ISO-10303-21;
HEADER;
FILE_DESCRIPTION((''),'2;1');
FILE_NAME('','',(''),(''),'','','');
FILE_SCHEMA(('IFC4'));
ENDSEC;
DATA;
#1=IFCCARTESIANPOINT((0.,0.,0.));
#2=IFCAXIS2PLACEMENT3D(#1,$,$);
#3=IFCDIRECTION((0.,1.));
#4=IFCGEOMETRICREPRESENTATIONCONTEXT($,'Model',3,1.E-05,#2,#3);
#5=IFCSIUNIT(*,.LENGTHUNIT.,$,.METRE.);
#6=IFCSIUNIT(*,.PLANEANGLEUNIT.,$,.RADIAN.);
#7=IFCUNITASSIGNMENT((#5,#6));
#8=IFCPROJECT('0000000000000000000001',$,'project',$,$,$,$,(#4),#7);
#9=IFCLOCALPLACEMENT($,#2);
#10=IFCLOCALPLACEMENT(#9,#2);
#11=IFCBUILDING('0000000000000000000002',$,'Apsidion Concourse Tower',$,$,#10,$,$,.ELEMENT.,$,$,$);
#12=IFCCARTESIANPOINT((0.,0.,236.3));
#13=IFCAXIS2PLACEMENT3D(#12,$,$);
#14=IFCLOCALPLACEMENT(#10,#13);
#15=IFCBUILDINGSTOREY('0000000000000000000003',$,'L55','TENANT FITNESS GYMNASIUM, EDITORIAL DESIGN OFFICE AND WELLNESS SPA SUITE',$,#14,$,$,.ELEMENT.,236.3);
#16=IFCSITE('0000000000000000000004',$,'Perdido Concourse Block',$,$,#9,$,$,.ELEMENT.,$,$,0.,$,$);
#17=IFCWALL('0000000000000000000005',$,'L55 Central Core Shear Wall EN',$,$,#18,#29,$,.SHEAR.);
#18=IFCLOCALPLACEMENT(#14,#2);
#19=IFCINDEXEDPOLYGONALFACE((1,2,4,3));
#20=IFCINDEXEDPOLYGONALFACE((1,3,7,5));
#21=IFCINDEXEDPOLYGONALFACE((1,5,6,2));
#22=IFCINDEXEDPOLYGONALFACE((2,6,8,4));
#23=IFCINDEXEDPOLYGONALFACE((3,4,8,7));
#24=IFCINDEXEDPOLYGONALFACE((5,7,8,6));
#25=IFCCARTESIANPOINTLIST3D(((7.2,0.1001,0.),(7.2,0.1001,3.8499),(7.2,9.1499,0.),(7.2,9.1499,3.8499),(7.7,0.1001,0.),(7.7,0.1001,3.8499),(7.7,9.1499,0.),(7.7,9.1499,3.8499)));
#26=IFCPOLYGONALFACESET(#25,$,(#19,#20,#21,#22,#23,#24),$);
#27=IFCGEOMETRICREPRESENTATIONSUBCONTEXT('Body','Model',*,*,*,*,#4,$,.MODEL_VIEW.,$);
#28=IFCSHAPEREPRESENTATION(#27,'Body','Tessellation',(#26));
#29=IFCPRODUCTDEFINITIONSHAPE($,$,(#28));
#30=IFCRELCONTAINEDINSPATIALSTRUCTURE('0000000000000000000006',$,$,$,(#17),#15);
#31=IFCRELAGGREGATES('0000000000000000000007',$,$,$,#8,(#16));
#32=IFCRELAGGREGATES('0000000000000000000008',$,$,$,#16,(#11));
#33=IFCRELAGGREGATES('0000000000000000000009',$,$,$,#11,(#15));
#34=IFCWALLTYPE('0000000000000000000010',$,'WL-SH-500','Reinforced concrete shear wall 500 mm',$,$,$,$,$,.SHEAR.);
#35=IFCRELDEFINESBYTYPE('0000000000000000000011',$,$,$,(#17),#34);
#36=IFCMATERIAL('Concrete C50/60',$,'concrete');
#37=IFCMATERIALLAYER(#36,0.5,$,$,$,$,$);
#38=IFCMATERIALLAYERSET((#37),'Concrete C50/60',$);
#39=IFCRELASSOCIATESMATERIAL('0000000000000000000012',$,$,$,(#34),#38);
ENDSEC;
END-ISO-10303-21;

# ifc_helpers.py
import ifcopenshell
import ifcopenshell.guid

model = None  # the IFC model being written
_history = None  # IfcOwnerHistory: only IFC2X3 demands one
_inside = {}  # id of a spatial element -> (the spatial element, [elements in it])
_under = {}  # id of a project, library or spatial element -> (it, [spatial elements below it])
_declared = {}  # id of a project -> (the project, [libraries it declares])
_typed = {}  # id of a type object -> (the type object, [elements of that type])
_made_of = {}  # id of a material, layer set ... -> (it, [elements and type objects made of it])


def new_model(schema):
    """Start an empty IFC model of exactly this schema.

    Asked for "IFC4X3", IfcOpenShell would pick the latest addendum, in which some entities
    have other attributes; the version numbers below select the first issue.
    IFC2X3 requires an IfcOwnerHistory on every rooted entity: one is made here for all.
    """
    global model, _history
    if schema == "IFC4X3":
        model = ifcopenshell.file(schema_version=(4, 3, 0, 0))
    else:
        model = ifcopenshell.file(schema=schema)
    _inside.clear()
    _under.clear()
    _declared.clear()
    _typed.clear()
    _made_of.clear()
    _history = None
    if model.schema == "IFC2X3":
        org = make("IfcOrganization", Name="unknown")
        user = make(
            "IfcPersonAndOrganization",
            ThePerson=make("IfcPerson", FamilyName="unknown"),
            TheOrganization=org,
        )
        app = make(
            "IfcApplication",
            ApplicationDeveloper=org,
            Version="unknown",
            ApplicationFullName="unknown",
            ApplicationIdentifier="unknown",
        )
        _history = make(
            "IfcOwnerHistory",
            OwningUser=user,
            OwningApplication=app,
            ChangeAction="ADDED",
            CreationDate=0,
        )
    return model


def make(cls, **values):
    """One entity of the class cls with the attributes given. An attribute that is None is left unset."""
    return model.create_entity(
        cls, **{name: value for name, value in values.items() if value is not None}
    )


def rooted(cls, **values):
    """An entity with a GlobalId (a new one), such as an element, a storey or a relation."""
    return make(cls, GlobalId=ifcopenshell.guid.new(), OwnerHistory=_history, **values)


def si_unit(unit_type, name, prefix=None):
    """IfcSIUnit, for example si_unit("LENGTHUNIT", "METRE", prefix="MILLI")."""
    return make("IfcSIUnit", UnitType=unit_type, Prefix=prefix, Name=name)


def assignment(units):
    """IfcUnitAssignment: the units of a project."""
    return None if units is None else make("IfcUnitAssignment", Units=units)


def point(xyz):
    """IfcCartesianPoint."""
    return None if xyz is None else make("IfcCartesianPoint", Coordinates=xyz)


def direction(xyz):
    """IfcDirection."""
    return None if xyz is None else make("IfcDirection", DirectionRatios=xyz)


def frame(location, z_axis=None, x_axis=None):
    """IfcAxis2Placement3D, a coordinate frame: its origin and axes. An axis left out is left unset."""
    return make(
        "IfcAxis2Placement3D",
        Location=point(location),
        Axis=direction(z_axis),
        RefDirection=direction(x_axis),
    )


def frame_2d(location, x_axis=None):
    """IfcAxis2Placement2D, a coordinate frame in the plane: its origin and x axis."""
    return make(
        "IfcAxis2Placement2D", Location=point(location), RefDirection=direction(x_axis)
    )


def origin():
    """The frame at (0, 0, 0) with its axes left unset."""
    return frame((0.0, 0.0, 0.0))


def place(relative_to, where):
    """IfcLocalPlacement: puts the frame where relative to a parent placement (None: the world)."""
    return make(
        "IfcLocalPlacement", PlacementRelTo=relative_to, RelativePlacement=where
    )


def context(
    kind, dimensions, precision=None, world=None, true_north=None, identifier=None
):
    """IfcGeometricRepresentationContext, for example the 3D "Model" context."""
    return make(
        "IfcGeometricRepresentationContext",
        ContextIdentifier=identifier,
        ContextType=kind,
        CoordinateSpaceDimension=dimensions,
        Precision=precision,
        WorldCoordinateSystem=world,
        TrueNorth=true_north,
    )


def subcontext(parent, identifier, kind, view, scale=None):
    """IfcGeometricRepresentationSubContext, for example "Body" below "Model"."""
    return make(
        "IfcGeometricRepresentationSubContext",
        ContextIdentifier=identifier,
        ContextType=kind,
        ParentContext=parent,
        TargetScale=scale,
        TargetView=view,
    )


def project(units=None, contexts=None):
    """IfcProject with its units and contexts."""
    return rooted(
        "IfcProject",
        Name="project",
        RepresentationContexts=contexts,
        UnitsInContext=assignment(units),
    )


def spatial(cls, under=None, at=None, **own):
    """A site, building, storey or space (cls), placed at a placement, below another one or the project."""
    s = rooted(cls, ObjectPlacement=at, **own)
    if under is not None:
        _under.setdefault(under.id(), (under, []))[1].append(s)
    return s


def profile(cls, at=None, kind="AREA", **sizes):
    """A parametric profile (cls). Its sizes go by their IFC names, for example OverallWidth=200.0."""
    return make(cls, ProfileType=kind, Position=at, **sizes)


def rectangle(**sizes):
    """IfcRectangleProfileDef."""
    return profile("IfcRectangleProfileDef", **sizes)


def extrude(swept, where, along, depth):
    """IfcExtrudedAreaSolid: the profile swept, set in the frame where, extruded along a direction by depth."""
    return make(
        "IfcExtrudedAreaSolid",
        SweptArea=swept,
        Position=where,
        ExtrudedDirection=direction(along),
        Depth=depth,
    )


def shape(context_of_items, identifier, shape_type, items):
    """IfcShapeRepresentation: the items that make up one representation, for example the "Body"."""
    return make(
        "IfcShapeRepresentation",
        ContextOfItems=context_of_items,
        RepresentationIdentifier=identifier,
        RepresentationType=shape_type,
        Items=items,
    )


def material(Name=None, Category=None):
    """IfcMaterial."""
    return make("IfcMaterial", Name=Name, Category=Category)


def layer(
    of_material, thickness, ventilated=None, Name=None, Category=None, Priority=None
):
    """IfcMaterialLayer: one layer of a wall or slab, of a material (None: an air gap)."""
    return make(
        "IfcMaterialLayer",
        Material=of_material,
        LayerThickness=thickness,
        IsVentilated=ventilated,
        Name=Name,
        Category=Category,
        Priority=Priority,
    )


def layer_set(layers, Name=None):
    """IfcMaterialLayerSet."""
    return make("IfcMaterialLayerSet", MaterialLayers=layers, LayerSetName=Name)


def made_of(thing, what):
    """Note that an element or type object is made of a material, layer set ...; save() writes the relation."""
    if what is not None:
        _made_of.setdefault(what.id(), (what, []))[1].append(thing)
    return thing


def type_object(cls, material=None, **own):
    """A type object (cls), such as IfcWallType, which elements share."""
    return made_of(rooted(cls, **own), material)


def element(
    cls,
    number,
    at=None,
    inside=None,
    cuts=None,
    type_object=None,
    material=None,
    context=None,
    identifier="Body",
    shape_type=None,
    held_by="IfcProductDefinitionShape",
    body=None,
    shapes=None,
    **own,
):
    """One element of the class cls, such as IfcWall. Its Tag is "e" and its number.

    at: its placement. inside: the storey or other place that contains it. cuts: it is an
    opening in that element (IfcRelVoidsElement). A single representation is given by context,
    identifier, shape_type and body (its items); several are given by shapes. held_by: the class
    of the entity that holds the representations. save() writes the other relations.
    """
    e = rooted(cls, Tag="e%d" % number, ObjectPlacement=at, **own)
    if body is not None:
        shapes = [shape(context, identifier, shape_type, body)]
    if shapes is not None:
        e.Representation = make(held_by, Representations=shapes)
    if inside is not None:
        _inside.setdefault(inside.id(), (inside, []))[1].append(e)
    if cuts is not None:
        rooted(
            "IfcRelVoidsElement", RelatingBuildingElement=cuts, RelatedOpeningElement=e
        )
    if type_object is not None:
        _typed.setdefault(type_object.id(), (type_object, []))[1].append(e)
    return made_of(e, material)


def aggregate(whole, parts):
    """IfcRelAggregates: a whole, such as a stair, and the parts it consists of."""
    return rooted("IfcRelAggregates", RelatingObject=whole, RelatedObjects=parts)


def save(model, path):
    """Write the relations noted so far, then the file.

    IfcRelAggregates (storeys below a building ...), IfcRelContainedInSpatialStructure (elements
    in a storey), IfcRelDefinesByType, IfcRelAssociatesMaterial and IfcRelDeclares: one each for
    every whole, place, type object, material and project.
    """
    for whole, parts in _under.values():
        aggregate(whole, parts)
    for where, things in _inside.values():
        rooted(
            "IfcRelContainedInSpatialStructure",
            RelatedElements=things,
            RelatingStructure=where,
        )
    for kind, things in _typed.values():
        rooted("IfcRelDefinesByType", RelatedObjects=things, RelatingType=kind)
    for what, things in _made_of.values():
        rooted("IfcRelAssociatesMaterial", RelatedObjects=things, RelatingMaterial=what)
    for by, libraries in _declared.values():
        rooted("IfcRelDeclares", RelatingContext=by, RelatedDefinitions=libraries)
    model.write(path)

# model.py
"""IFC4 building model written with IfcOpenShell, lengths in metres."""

from ifc_helpers import new_model, si_unit, direction, frame, frame_2d, origin, place, context, subcontext, project, spatial, rectangle, extrude, material, layer, layer_set, type_object, element, save


model = new_model("IFC4")

# Units and contexts
model_context = context("Model", 3, precision=1e-05, world=origin(), true_north=direction((0.0, 1.0)))
body_context = subcontext(model_context, "Body", "Model", "MODEL_VIEW")
ifc_project = project(units=[si_unit("LENGTHUNIT", "METRE"), si_unit("PLANEANGLEUNIT", "RADIAN")], contexts=[model_context])

# Site, building, storey
site_placement = place(None, origin())
site = spatial("IfcSite", under=ifc_project, at=site_placement, Name="Perdido Concourse Block", CompositionType="ELEMENT", RefElevation=0.0)
building_placement = place(site_placement, origin())
building = spatial("IfcBuilding", under=site, at=building_placement, Name="Apsidion Concourse Tower", CompositionType="ELEMENT")
storey_placement = place(building_placement, frame((0.0, 0.0, 236.3)))
storey = spatial("IfcBuildingStorey", under=building, at=storey_placement, Name="L55", Description="TENANT FITNESS GYMNASIUM, EDITORIAL DESIGN OFFICE AND WELLNESS SPA SUITE", CompositionType="ELEMENT", Elevation=236.3)

# Shared definitions
ifc_material_1 = material(Name="Concrete C50/60", Category="concrete")

# Wall
ifc_layer_1 = layer(ifc_material_1, 0.5)
ifc_layer_set_1 = layer_set([ifc_layer_1], Name="Concrete C50/60")
wall_type_1 = type_object("IfcWallType", Name="WL-SH-500", Description="Reinforced concrete shear wall 500 mm", PredefinedType="SHEAR", material=ifc_layer_set_1)
wall_1_placement = place(storey_placement, frame((7.45, 0.1001, 0.0), z_axis=(0.0, 0.0, 1.0), x_axis=(0.0, 1.0, 0.0)))
element("IfcWall", 1, at=wall_1_placement, inside=storey, type_object=wall_type_1, Name="L55 Central Core Shear Wall EN", PredefinedType="SHEAR", context=body_context, shape_type="SweptSolid", body=[
    extrude(rectangle(XDim=9.0498, YDim=0.5, at=frame_2d((4.5249, 0.0))), origin(), (0.0, 0.0, 1.0), 3.8499),
])

save(model, "model.ifc")
